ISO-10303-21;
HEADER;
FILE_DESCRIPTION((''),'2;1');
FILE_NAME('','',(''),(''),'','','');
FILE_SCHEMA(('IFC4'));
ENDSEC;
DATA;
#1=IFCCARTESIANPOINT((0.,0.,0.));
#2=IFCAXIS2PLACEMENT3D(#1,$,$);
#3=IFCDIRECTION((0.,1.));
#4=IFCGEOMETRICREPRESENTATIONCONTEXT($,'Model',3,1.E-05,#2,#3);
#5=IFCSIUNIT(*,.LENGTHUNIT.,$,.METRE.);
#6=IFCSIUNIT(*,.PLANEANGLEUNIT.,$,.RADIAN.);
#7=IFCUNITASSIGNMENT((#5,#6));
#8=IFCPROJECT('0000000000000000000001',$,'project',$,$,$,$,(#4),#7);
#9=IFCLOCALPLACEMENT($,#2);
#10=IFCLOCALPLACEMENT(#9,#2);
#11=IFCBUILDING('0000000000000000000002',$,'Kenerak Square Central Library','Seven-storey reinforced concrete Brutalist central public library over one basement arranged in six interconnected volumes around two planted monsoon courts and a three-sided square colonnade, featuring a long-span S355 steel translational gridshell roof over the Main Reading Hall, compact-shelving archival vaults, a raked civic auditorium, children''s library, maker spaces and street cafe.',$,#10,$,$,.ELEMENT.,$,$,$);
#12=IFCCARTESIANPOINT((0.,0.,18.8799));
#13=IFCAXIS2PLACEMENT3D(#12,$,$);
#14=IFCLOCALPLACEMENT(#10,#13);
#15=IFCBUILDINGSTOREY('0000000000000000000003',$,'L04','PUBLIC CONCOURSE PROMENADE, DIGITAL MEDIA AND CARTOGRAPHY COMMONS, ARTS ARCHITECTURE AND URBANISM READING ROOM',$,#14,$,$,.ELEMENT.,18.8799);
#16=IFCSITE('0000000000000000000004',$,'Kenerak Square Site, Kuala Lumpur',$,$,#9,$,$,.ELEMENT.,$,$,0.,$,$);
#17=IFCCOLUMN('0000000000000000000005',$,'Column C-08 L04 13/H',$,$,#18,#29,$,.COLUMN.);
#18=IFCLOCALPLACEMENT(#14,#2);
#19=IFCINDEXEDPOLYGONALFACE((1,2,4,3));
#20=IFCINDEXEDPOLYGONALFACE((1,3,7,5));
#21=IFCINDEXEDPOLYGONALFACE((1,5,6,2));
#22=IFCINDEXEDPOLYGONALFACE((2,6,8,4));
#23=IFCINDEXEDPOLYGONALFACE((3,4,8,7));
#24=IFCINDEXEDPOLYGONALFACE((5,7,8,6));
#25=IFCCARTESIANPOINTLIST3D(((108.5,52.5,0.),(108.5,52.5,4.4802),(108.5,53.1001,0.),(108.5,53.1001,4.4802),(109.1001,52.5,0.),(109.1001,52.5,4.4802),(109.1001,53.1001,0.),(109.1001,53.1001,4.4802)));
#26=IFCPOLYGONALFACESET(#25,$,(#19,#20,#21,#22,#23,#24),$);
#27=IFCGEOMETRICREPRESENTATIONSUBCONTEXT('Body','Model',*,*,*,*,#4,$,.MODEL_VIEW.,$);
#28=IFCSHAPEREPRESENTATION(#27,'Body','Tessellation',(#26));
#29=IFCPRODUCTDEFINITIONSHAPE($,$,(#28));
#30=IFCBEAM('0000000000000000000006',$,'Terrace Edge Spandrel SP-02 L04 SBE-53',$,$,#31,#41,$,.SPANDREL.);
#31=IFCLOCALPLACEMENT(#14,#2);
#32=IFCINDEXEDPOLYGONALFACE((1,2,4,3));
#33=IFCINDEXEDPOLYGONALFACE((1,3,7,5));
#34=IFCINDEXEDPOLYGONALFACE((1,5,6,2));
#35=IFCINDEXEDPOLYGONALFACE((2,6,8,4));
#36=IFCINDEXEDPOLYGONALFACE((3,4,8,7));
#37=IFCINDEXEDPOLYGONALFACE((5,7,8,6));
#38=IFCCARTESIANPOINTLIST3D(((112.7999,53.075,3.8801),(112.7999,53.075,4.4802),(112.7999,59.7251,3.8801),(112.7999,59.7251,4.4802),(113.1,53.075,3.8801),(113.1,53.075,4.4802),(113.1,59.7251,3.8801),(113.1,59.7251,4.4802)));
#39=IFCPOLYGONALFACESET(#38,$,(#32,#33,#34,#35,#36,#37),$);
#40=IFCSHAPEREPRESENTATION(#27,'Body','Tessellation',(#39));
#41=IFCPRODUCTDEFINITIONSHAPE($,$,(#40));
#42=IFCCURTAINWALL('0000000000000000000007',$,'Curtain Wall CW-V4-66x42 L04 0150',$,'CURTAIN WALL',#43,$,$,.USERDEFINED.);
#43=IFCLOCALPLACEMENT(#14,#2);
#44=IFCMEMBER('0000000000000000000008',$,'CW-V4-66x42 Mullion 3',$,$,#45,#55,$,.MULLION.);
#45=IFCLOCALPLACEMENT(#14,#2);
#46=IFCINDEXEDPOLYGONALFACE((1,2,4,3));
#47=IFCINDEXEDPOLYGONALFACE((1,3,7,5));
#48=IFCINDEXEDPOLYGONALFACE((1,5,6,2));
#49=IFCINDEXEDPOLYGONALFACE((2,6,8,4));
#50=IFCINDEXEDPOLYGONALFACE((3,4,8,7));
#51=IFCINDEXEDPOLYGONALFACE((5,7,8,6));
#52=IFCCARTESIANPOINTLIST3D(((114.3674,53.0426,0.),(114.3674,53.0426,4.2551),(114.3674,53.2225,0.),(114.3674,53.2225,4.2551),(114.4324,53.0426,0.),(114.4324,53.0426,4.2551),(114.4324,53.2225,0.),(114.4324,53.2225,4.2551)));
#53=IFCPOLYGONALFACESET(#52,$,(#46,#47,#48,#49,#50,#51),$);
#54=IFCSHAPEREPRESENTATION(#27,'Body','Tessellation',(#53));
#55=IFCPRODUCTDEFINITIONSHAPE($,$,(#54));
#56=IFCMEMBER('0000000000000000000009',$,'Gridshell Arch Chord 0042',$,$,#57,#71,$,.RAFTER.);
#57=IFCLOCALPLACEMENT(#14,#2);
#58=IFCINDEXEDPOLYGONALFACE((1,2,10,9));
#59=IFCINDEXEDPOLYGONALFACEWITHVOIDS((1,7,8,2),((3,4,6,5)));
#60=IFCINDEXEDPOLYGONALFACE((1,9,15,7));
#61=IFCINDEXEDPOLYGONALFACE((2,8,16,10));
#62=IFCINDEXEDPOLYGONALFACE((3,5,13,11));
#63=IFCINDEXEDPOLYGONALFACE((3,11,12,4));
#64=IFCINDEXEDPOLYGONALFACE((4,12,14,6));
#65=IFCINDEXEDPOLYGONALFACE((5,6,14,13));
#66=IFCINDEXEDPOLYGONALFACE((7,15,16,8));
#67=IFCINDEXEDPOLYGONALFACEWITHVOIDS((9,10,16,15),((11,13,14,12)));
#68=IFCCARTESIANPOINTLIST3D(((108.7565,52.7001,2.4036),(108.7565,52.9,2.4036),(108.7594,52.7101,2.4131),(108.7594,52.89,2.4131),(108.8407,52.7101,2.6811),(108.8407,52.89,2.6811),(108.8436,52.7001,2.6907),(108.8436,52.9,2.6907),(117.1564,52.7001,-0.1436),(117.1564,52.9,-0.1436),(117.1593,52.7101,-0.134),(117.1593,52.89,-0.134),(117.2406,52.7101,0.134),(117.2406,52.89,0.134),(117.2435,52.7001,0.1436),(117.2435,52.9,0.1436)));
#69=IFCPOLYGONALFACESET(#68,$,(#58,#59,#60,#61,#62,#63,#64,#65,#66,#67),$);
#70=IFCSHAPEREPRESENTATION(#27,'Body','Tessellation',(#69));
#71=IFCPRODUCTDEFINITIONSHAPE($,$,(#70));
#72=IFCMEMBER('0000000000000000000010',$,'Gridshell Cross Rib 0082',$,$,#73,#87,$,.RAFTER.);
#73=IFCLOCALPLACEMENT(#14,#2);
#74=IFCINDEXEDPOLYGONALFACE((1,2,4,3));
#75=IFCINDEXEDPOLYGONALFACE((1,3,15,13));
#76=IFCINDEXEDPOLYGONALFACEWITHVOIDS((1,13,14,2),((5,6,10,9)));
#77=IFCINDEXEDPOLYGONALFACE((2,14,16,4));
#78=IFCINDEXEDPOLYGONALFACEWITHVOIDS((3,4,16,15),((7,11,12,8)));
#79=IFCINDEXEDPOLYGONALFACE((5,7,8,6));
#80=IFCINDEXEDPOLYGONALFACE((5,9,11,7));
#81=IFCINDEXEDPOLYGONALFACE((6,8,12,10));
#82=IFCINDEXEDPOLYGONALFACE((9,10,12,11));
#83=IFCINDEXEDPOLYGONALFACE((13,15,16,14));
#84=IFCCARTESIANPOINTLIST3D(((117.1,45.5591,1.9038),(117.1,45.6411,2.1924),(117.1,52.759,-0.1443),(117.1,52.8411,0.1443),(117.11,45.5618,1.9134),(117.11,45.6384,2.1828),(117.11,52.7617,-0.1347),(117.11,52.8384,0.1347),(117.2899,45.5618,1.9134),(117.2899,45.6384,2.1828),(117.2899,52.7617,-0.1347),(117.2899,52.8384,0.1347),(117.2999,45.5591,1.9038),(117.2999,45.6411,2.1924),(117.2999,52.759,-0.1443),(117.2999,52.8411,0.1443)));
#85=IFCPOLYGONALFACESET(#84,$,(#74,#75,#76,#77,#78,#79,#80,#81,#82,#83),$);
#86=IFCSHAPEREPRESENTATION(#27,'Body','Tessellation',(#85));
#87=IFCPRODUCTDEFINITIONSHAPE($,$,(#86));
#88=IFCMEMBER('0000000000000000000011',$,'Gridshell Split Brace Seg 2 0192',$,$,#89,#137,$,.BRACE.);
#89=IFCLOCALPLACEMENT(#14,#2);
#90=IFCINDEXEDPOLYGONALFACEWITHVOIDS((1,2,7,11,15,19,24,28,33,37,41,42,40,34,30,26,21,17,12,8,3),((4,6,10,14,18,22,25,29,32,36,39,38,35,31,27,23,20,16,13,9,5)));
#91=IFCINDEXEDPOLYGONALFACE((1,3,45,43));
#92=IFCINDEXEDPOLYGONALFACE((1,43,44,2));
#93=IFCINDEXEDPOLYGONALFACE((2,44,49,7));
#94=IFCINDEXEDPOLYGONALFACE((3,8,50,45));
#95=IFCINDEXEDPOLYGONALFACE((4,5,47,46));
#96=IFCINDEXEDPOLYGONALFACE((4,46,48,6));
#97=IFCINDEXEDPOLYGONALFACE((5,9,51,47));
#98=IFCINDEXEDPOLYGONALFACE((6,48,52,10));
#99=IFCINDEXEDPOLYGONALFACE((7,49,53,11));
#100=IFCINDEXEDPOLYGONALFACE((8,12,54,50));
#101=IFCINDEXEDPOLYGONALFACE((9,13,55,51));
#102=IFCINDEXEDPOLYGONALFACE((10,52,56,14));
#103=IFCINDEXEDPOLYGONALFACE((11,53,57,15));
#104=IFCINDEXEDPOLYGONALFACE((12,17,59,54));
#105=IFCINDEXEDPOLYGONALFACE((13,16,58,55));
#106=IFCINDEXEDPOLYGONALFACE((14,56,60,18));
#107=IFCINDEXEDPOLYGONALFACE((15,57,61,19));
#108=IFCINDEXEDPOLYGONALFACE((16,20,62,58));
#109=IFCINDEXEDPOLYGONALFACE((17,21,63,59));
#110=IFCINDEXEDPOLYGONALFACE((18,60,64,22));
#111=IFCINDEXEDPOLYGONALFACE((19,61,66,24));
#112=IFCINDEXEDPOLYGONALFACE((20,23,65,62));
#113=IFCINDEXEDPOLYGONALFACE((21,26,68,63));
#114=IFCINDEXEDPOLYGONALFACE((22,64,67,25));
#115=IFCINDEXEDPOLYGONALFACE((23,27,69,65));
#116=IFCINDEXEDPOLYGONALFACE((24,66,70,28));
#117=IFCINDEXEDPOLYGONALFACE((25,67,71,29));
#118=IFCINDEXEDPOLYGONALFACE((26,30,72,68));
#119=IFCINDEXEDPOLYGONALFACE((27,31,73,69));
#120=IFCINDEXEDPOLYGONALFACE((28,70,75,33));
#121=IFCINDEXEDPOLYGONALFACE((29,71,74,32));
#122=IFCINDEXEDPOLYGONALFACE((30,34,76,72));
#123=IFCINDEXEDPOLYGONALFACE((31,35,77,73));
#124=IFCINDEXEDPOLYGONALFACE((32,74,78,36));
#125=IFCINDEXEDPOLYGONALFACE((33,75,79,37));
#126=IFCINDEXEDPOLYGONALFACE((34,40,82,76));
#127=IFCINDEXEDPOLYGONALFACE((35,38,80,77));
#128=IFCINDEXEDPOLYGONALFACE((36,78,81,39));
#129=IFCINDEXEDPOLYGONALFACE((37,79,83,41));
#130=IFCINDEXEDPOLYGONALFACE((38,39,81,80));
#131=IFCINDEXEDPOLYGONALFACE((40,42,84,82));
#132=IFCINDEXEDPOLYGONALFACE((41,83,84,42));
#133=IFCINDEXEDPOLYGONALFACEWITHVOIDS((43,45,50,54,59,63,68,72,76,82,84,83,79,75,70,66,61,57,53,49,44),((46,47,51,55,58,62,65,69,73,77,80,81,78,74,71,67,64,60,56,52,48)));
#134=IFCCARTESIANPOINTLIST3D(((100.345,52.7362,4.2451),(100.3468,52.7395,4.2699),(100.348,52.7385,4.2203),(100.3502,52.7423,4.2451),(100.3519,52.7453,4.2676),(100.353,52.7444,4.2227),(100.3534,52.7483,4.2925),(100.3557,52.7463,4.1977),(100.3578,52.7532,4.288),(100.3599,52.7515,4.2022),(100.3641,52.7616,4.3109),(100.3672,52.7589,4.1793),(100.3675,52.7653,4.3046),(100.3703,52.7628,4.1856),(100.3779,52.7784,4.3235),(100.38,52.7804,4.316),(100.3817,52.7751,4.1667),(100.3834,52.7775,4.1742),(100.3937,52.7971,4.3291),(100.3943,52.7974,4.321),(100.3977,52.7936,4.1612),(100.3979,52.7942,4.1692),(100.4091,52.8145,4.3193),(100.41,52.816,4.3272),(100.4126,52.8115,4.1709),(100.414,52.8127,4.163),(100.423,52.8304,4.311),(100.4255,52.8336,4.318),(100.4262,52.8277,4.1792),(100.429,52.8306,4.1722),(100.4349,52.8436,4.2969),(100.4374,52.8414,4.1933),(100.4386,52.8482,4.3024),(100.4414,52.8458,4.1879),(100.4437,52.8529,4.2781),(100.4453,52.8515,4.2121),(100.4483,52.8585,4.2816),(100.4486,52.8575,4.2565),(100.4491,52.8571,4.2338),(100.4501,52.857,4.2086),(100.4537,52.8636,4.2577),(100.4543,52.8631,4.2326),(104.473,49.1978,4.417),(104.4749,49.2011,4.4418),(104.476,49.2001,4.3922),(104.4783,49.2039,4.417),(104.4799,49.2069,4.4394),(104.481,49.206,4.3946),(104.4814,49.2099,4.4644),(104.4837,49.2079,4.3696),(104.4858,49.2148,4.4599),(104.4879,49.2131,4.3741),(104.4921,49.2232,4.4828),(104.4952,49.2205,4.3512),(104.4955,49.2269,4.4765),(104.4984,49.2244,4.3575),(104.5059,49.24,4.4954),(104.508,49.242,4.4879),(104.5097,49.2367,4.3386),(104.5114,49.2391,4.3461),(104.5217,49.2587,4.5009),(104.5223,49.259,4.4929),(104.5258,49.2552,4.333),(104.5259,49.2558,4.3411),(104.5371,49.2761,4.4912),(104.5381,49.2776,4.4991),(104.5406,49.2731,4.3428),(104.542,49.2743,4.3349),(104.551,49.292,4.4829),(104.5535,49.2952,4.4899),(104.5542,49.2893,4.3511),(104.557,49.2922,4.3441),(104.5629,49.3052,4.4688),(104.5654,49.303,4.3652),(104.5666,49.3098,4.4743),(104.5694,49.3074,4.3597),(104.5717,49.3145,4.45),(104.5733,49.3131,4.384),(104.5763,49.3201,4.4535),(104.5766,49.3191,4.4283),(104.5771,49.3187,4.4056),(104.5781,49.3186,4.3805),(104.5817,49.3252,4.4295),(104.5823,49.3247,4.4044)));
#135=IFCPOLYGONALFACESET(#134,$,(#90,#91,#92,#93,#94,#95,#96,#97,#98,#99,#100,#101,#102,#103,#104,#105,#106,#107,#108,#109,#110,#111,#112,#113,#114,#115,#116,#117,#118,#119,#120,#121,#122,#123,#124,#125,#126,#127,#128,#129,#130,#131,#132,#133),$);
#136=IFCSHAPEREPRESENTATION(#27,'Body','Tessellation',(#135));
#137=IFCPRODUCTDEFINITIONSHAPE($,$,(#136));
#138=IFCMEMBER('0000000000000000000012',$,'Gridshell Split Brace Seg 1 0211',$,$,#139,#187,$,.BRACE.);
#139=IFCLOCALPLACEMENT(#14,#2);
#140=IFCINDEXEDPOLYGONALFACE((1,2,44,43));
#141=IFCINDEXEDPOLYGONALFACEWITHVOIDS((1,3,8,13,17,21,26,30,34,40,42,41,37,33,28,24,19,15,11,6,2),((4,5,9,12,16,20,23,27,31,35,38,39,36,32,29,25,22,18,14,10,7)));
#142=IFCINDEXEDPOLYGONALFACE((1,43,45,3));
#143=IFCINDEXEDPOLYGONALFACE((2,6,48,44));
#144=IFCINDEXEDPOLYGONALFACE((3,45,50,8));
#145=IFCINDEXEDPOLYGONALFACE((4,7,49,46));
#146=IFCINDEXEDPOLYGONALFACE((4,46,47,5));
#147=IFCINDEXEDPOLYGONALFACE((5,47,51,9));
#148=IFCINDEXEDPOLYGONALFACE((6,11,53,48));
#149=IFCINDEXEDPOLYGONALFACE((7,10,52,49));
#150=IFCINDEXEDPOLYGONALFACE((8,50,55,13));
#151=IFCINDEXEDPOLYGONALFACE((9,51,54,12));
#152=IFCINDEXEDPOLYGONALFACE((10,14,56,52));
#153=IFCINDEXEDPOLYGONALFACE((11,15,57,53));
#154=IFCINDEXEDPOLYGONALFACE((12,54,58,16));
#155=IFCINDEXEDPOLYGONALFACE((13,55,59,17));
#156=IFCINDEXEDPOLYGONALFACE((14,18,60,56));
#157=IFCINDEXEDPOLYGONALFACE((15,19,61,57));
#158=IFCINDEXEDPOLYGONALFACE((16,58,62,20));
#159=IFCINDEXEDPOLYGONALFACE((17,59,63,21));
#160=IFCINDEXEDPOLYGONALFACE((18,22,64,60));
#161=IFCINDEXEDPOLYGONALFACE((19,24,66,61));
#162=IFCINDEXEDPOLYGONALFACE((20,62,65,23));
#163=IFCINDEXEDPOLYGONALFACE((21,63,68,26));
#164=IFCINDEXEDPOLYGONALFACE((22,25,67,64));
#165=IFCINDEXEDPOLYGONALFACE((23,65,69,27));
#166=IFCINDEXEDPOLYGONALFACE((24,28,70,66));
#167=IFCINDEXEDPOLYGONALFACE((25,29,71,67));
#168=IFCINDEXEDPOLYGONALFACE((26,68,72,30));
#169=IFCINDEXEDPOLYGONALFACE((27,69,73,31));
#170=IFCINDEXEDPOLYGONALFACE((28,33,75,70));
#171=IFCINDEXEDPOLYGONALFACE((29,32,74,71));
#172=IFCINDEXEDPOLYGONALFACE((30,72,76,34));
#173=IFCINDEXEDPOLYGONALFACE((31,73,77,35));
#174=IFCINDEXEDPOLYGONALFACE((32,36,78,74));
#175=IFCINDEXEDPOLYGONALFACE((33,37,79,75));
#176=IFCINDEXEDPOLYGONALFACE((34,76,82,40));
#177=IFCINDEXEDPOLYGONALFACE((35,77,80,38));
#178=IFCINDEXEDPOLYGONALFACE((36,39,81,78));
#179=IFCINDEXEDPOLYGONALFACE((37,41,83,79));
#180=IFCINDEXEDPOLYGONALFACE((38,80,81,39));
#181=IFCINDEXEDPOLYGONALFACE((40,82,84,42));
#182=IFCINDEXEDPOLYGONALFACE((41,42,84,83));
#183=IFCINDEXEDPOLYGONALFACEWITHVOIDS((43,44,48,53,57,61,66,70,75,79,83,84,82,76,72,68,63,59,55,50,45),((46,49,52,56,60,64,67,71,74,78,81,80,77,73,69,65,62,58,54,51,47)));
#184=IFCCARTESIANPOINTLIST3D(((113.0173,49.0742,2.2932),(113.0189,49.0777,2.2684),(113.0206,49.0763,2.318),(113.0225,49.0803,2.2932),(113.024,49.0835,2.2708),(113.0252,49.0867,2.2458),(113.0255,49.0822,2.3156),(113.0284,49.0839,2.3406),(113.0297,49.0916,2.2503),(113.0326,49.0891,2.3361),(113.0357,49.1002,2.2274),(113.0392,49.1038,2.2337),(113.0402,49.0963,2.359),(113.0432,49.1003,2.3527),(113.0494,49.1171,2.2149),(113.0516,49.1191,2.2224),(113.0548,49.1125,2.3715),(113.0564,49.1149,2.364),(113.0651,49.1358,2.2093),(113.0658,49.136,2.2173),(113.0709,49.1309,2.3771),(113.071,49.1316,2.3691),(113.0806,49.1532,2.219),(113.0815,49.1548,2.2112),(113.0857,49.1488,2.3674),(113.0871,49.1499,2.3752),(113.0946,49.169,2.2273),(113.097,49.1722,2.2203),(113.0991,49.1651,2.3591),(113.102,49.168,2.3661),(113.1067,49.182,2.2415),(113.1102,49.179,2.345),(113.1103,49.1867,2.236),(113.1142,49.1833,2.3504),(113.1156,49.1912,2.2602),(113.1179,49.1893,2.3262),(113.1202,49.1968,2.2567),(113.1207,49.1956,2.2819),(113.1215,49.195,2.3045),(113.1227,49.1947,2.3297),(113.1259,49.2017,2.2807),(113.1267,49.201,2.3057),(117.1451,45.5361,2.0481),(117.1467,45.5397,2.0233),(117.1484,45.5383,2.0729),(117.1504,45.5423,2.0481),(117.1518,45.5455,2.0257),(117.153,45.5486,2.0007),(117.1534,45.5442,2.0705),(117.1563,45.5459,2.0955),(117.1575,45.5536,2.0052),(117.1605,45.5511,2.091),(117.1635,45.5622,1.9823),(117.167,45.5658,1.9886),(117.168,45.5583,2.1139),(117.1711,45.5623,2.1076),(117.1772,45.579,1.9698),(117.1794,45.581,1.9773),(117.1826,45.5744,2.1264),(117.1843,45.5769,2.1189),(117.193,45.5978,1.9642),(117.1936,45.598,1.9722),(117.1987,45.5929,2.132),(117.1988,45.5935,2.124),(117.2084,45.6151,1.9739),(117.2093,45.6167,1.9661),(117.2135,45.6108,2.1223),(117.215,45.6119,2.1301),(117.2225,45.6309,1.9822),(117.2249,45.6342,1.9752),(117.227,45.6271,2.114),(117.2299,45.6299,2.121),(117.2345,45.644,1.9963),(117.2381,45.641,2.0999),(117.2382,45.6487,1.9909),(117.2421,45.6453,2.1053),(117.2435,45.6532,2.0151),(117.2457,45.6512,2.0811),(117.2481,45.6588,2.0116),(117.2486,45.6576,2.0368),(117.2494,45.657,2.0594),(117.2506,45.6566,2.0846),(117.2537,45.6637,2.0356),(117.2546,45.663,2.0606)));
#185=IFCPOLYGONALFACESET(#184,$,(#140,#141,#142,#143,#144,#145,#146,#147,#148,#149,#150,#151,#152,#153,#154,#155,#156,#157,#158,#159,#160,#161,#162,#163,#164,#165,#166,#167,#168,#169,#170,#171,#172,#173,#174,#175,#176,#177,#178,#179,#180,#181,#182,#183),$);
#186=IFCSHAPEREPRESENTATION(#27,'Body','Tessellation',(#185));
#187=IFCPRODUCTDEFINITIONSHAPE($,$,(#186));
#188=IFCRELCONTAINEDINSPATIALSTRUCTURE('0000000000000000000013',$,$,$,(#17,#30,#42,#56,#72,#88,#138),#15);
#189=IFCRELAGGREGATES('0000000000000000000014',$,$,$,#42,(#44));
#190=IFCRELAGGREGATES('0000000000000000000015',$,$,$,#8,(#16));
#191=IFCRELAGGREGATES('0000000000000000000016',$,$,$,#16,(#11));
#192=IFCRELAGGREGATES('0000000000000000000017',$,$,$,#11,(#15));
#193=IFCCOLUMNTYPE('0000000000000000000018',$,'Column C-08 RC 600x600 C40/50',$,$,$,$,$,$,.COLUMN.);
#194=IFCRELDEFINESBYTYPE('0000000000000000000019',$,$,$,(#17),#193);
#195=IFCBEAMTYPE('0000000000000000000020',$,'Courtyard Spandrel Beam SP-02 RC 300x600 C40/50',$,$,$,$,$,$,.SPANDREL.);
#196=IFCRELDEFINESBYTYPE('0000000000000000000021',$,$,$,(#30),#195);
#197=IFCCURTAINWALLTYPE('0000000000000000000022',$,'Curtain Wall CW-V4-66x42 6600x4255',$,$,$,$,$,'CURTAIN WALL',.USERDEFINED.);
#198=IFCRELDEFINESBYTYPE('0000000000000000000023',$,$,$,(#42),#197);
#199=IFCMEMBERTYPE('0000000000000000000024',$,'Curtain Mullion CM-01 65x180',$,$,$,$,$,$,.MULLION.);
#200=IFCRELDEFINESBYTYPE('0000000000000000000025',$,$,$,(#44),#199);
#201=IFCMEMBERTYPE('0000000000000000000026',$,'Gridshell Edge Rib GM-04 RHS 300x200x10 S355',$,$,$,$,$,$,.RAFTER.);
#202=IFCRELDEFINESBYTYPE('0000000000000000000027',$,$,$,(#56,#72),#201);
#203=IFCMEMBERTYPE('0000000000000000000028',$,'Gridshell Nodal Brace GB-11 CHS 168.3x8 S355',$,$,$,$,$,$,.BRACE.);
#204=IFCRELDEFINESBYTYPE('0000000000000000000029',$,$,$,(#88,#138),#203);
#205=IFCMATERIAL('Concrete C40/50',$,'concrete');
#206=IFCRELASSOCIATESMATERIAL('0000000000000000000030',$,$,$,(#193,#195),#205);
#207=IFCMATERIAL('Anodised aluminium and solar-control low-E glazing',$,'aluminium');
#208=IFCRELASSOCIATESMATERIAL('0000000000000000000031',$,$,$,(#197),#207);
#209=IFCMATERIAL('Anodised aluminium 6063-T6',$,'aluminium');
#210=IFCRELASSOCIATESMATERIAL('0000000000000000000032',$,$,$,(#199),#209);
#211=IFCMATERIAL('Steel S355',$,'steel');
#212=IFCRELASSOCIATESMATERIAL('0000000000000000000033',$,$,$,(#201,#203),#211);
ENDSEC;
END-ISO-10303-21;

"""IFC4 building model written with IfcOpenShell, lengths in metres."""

from ifc_helpers import new_model, si_unit, direction, frame, origin, origin_2d, place, context, subcontext, project, spatial, rectangle, hollow_rectangle, hollow_circle, extrude, material, material_profile, profile_set, type_object, element, aggregate, save


model = new_model("IFC4")

# Units and contexts
model_context = context("Model", 3, precision=1e-05, world=origin(), true_north=direction((0.0, 1.0)))
body_context = subcontext(model_context, "Body", "Model", "MODEL_VIEW")
ifc_project = project(units=[si_unit("LENGTHUNIT", "METRE"), si_unit("PLANEANGLEUNIT", "RADIAN")], contexts=[model_context])

# Site, building, storey
site_placement = place(None, origin())
site = spatial("IfcSite", under=ifc_project, at=site_placement, Name="Kenerak Square Site, Kuala Lumpur", CompositionType="ELEMENT", RefElevation=0.0)
building_placement = place(site_placement, origin())
building = spatial("IfcBuilding", under=site, at=building_placement, Name="Kenerak Square Central Library", Description="Seven-storey reinforced concrete Brutalist central public library over one basement arranged in six interconnected volumes around two planted monsoon courts and a three-sided square colonnade, featuring a long-span S355 steel translational gridshell roof over the Main Reading Hall, compact-shelving archival vaults, a raked civic auditorium, children's library, maker spaces and street cafe.", CompositionType="ELEMENT")
storey_placement = place(building_placement, frame((0.0, 0.0, 18.8799)))
storey = spatial("IfcBuildingStorey", under=building, at=storey_placement, Name="L04", Description="PUBLIC CONCOURSE PROMENADE, DIGITAL MEDIA AND CARTOGRAPHY COMMONS, ARTS ARCHITECTURE AND URBANISM READING ROOM", CompositionType="ELEMENT", Elevation=18.8799)

# Column
ifc_material_1 = material(Name="Concrete C40/50", Category="concrete")
ifc_material_profile_1 = material_profile(ifc_material_1, rectangle(XDim=0.6001, YDim=0.6001, at=origin_2d()), Name="RC 600x600")
ifc_profile_set_1 = profile_set([ifc_material_profile_1], Name="Concrete C40/50")
column_type = type_object("IfcColumnType", Name="Column C-08 RC 600x600 C40/50", PredefinedType="COLUMN", material=ifc_profile_set_1)
column_placement = place(storey_placement, frame((108.8, 52.8, 0.0), z_axis=(0.0, 0.0, 1.0), x_axis=(1.0, 0.0, 0.0)))
element("IfcColumn", 1, at=column_placement, inside=storey, type_object=column_type, Name="Column C-08 L04 13/H", PredefinedType="COLUMN", context=body_context, shape_type="SweptSolid", body=[
    extrude(rectangle(XDim=0.6001, YDim=0.6001, at=origin_2d()), origin(), (0.0, 0.0, 1.0), 4.4802),
])

# Beam
ifc_material_profile_2 = material_profile(ifc_material_1, rectangle(XDim=0.3, YDim=0.6001, at=origin_2d()), Name="RC 300x600")
ifc_profile_set_2 = profile_set([ifc_material_profile_2], Name="Concrete C40/50")
beam_type_1 = type_object("IfcBeamType", Name="Courtyard Spandrel Beam SP-02 RC 300x600 C40/50", PredefinedType="SPANDREL", material=ifc_profile_set_2)
beam_1_placement = place(storey_placement, frame((112.95, 53.075, 4.1802), z_axis=(0.0, 1.0, 0.0), x_axis=(-1.0, 0.0, 0.0)))
element("IfcBeam", 2, at=beam_1_placement, inside=storey, type_object=beam_type_1, Name="Terrace Edge Spandrel SP-02 L04 SBE-53", PredefinedType="SPANDREL", context=body_context, shape_type="SweptSolid", body=[
    extrude(rectangle(XDim=0.3, YDim=0.6001, at=origin_2d()), origin(), (0.0, 0.0, 1.0), 6.6501),
])

# Curtain wall, member
ifc_material_2 = material(Name="Anodised aluminium and solar-control low-E glazing", Category="aluminium")
curtain_wall_type = type_object("IfcCurtainWallType", Name="Curtain Wall CW-V4-66x42 6600x4255", ElementType="CURTAIN WALL", PredefinedType="USERDEFINED", material=ifc_material_2)
curtain_wall_placement = place(storey_placement, origin())
curtain_wall = element("IfcCurtainWall", 3, at=curtain_wall_placement, inside=storey, type_object=curtain_wall_type, Name="Curtain Wall CW-V4-66x42 L04 0150", ObjectType="CURTAIN WALL", PredefinedType="USERDEFINED")
ifc_material_3 = material(Name="Anodised aluminium 6063-T6", Category="aluminium")
ifc_material_profile_3 = material_profile(ifc_material_3, rectangle(XDim=0.0649, YDim=0.1799, at=origin_2d()), Name="AL MULLION 65x180")
ifc_profile_set_3 = profile_set([ifc_material_profile_3], Name="Anodised aluminium 6063-T6")
member_type_1 = type_object("IfcMemberType", Name="Curtain Mullion CM-01 65x180", PredefinedType="MULLION", material=ifc_profile_set_3)
member_1_placement = place(storey_placement, frame((114.3999, 53.1326, 0.0), z_axis=(0.0, 0.0, 1.0), x_axis=(1.0, 0.0, 0.0)))
member_1 = element("IfcMember", 4, at=member_1_placement, type_object=member_type_1, Name="CW-V4-66x42 Mullion 3", PredefinedType="MULLION", context=body_context, shape_type="SweptSolid", body=[
    extrude(rectangle(XDim=0.0649, YDim=0.1799, at=origin_2d()), origin(), (0.0, 0.0, 1.0), 4.2551),
])

# Members
ifc_material_4 = material(Name="Steel S355", Category="steel")
ifc_material_profile_4 = material_profile(ifc_material_4, hollow_rectangle(XDim=0.2, YDim=0.3, WallThickness=0.01, at=origin_2d()), Name="RHS 300x200x10.0")
ifc_profile_set_4 = profile_set([ifc_material_profile_4], Name="Steel S355")
member_type_2 = type_object("IfcMemberType", Name="Gridshell Edge Rib GM-04 RHS 300x200x10 S355", PredefinedType="RAFTER", material=ifc_profile_set_4)
member_2_placement = place(storey_placement, frame((108.8, 52.8, 2.5471), z_axis=(0.956971, 0.0, -0.290184), x_axis=(0.0, 1.0, 0.0)))
element("IfcMember", 5, at=member_2_placement, inside=storey, type_object=member_type_2, Name="Gridshell Arch Chord 0042", PredefinedType="RAFTER", context=body_context, shape_type="SweptSolid", body=[
    extrude(hollow_rectangle(XDim=0.2, YDim=0.3, WallThickness=0.01, at=origin_2d()), origin(), (0.0, 0.0, 1.0), 8.7776),
])
member_3_placement = place(storey_placement, frame((117.2, 45.6001, 2.0481), z_axis=(0.0, 0.961842, -0.273605), x_axis=(-1.0, 0.0, 0.0)))
element("IfcMember", 6, at=member_3_placement, inside=storey, type_object=member_type_2, Name="Gridshell Cross Rib 0082", PredefinedType="RAFTER", context=body_context, shape_type="SweptSolid", body=[
    extrude(hollow_rectangle(XDim=0.2, YDim=0.3, WallThickness=0.01, at=origin_2d()), origin(), (0.0, 0.0, 1.0), 7.4856),
])
ifc_material_profile_5 = material_profile(ifc_material_4, hollow_circle(Radius=0.0842, WallThickness=0.0081, at=origin_2d()), Name="CHS 168.3x8.0")
ifc_profile_set_5 = profile_set([ifc_material_profile_5], Name="Steel S355")
member_type_3 = type_object("IfcMemberType", Name="Gridshell Nodal Brace GB-11 CHS 168.3x8 S355", PredefinedType="BRACE", material=ifc_profile_set_5)
member_4_placement = place(storey_placement, frame((104.5278, 49.2617, 4.417), z_axis=(-0.758868, 0.650478, -0.031597), x_axis=(-0.650802, -0.759247, 0.0)))
element("IfcMember", 7, at=member_4_placement, inside=storey, type_object=member_type_3, Name="Gridshell Split Brace Seg 2 0192", PredefinedType="BRACE", context=body_context, shape_type="SweptSolid", body=[
    extrude(hollow_circle(Radius=0.0842, WallThickness=0.0081, at=origin_2d()), origin(), (0.0, 0.0, 1.0), 5.4397),
])
member_5_placement = place(storey_placement, frame((117.2, 45.6001, 2.0481), z_axis=(-0.758499, 0.650116, 0.04504), x_axis=(-0.650777, -0.759269, 0.0)))
element("IfcMember", 8, at=member_5_placement, inside=storey, type_object=member_type_3, Name="Gridshell Split Brace Seg 1 0211", PredefinedType="BRACE", context=body_context, shape_type="SweptSolid", body=[
    extrude(hollow_circle(Radius=0.0842, WallThickness=0.0081, at=origin_2d()), origin(), (0.0, 0.0, 1.0), 5.4421),
])

aggregate(curtain_wall, [member_1])

save(model, "model.ifc")
